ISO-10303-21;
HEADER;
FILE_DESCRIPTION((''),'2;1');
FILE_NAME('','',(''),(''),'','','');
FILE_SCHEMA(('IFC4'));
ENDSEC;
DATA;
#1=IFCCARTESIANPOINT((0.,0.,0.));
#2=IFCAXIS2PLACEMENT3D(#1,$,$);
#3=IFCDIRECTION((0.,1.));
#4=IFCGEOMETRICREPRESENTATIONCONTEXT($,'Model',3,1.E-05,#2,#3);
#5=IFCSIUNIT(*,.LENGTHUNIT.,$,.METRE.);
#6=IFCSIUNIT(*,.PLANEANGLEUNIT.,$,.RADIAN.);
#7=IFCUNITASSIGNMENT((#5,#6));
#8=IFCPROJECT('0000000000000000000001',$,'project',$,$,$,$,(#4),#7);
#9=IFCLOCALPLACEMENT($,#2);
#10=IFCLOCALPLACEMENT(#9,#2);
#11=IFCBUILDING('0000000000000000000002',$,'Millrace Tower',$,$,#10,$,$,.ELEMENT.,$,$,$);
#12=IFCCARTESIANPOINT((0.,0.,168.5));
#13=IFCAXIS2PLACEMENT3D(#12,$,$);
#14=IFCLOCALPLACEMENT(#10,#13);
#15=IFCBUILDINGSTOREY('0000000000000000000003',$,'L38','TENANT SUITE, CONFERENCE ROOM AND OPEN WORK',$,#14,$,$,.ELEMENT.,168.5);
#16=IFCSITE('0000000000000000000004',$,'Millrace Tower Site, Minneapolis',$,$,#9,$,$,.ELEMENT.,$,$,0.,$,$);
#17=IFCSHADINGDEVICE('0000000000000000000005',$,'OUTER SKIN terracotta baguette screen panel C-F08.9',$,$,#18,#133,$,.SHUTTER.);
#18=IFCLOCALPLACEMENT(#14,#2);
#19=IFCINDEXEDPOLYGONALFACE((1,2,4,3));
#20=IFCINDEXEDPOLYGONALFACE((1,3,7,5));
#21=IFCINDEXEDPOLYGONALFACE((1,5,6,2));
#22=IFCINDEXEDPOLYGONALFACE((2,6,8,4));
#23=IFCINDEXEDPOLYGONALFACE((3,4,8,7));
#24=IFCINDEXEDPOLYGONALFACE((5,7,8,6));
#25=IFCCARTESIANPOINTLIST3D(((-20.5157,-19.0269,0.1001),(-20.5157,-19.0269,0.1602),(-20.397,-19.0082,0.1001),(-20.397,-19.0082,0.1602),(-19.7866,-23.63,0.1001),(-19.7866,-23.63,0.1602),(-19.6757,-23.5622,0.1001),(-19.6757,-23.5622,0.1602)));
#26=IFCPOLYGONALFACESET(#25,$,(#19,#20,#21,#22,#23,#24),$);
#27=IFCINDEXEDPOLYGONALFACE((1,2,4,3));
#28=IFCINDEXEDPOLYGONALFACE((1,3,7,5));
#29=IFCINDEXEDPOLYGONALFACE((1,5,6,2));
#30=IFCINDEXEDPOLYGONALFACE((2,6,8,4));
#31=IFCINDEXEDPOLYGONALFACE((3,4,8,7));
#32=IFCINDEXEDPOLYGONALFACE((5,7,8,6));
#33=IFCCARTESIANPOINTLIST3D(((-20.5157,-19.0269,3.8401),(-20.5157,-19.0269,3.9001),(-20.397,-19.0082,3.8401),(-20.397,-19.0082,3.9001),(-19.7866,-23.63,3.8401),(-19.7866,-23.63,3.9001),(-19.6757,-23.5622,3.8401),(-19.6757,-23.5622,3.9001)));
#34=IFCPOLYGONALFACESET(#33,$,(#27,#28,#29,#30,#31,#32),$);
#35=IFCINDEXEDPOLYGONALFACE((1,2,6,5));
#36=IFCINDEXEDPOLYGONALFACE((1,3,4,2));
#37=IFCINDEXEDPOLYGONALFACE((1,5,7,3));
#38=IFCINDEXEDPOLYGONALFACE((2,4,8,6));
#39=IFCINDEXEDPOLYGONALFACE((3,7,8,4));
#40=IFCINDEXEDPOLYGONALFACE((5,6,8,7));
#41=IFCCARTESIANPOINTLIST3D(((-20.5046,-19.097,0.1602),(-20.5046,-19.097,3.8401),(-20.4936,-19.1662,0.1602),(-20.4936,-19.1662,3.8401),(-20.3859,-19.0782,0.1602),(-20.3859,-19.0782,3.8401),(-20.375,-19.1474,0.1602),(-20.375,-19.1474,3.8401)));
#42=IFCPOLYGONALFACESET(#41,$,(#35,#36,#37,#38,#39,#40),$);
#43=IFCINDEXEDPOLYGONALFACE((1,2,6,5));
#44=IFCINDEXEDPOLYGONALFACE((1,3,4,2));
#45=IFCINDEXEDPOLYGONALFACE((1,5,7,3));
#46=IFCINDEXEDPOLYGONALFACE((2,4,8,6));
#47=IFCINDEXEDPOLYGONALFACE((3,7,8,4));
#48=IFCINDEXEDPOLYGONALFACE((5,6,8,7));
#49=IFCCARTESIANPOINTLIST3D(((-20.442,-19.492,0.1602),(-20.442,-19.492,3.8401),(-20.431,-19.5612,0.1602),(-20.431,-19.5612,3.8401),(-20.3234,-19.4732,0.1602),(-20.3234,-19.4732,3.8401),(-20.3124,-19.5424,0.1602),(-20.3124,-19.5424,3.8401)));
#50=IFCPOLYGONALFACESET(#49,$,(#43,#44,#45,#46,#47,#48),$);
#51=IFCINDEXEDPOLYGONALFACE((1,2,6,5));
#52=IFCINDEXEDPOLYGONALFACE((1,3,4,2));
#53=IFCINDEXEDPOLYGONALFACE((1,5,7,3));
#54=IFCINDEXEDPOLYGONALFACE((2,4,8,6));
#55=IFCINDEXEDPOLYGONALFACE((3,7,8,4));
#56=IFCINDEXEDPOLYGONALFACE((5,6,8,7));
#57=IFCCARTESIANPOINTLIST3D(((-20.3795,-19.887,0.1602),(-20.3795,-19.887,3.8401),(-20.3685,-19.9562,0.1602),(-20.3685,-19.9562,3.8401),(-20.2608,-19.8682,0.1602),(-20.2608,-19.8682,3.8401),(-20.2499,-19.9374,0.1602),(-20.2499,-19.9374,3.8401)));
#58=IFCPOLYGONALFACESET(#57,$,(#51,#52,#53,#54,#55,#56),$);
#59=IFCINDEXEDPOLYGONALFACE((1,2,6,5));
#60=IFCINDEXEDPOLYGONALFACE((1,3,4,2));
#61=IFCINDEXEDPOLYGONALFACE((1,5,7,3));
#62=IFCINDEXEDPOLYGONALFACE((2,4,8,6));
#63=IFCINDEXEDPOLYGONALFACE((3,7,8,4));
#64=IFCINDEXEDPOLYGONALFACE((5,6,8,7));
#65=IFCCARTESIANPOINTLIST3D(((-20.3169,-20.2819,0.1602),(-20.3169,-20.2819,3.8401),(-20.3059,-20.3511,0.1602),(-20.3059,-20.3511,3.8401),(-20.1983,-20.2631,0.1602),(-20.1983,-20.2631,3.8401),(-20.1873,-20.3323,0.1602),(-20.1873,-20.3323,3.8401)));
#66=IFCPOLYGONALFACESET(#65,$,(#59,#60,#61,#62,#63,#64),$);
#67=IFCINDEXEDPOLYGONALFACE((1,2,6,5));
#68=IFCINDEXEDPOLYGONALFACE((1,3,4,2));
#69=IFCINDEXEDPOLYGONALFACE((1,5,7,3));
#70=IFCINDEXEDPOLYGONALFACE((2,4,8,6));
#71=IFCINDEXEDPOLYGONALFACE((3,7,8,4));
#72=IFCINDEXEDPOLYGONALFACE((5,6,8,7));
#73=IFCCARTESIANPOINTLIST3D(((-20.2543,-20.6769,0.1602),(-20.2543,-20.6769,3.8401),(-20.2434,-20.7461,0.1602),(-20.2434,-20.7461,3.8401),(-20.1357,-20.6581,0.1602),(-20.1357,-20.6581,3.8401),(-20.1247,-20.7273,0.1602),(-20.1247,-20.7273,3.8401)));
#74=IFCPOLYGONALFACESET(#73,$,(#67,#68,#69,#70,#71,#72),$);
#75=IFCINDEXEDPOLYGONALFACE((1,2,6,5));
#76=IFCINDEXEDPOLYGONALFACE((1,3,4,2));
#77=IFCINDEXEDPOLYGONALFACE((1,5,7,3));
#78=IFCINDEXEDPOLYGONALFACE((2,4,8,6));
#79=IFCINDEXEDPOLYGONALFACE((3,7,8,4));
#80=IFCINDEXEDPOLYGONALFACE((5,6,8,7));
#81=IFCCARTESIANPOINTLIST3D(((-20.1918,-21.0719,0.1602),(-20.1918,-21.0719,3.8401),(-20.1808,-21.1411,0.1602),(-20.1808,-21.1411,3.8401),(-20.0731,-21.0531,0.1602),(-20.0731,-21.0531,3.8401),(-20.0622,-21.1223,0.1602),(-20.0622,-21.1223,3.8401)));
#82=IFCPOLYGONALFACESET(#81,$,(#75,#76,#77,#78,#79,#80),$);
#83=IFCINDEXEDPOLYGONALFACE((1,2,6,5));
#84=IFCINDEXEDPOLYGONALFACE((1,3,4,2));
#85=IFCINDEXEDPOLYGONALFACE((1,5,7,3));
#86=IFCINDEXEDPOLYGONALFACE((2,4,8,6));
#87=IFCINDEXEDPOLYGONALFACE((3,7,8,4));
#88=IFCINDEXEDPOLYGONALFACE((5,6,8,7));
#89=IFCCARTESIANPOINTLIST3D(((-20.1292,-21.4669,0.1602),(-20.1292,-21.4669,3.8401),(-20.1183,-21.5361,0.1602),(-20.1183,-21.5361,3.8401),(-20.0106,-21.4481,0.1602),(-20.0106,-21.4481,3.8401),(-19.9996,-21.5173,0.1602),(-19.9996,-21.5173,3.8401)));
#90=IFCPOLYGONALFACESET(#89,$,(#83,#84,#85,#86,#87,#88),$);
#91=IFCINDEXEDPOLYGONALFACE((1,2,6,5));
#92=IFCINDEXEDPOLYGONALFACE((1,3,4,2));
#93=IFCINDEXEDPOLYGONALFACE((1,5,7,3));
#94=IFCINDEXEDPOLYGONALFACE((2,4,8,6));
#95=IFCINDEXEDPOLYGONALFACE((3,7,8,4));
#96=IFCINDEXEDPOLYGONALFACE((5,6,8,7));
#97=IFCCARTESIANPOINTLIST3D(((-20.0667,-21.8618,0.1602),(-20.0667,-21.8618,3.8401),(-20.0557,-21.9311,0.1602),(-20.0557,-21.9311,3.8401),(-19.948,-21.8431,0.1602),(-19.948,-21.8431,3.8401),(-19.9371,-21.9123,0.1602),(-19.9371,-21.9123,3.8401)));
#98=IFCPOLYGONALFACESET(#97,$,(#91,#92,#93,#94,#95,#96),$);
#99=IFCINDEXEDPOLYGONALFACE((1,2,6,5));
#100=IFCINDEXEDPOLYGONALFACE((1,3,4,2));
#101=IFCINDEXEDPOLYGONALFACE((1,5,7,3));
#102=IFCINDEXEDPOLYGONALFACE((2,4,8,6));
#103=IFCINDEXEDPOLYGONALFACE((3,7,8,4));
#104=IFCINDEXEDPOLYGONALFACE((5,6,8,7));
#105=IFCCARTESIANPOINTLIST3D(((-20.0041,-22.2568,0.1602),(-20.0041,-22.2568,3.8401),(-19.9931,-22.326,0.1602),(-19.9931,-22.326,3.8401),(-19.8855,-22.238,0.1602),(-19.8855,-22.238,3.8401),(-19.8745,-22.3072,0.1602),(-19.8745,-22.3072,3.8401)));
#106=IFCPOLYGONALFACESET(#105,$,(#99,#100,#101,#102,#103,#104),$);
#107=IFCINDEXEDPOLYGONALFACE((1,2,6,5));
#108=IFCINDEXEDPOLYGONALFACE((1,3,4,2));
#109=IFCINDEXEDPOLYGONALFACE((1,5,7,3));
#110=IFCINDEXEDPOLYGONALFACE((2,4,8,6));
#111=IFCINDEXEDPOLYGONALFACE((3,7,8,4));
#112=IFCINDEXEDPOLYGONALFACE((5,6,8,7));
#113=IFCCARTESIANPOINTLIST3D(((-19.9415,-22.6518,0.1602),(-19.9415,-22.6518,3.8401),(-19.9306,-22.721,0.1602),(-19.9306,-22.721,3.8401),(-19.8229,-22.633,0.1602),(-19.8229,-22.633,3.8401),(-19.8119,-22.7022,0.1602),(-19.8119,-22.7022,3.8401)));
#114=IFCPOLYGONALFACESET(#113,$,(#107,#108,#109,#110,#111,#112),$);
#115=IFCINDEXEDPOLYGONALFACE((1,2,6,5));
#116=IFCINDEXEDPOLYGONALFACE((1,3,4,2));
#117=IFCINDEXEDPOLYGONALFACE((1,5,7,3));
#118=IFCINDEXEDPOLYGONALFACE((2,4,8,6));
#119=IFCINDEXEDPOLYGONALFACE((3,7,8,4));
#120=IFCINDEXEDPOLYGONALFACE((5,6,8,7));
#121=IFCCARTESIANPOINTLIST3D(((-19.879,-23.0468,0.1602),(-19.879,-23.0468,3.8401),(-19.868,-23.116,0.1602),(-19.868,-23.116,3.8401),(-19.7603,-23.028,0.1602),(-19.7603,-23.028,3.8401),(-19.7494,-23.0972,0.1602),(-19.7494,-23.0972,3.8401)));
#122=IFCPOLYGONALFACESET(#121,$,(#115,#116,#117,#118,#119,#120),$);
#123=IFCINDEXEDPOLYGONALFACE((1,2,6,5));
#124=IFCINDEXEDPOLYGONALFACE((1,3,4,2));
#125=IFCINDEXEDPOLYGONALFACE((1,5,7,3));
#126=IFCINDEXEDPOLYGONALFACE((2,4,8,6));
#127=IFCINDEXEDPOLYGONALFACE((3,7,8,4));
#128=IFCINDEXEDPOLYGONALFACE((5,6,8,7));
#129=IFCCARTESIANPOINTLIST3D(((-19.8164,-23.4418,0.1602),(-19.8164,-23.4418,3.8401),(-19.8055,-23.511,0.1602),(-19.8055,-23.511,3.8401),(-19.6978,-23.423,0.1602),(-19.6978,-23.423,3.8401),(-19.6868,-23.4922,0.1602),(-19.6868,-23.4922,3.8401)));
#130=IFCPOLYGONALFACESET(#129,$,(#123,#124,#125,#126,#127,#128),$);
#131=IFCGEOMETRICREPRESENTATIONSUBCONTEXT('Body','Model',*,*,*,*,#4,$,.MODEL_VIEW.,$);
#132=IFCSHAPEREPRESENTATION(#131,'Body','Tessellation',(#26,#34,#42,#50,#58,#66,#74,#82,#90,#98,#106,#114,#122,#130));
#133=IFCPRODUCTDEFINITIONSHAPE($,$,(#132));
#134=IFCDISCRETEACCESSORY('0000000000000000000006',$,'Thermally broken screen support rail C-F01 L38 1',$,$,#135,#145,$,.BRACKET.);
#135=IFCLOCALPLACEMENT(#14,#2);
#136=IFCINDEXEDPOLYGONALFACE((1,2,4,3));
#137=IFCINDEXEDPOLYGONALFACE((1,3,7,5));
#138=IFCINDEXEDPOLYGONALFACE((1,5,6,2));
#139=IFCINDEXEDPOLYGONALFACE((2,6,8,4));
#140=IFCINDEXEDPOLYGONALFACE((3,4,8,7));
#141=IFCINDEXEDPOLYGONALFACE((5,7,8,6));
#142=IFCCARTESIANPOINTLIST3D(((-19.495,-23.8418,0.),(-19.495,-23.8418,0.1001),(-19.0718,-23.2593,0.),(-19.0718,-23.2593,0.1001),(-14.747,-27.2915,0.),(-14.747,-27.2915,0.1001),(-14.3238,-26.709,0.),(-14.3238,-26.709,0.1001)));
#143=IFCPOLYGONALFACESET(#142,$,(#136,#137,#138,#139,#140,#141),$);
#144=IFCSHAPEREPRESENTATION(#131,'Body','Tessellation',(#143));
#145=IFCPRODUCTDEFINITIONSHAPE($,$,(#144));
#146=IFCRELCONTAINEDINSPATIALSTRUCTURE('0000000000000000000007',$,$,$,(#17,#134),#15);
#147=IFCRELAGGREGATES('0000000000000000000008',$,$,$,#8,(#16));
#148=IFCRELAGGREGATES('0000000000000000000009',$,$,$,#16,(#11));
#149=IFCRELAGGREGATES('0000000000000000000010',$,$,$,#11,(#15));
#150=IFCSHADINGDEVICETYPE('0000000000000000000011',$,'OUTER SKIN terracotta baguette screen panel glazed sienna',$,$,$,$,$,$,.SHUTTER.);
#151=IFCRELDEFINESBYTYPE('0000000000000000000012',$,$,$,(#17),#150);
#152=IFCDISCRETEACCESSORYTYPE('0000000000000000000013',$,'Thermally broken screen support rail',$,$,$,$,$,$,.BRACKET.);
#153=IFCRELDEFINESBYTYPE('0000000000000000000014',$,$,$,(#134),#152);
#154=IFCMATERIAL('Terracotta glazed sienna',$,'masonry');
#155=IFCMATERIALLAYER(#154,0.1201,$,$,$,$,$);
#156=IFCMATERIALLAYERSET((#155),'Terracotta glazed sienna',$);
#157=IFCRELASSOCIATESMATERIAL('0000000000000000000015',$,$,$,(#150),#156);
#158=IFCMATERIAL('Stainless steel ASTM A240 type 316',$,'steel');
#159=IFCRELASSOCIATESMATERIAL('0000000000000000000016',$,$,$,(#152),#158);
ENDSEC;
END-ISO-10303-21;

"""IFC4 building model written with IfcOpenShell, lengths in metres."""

from ifc_helpers import new_model, entity, si_unit, direction, frame, frame_2d, origin, origin_2d, place, context, subcontext, project, spatial, rectangle, extrude, source, transform, mapped, material, layer, layer_set, type_object, element, save


model = new_model("IFC4")

# Units and contexts
model_context = context("Model", 3, precision=1e-05, world=origin(), true_north=direction((0.0, 1.0)))
body_context = subcontext(model_context, "Body", "Model", "MODEL_VIEW")
ifc_project = project(units=[si_unit("LENGTHUNIT", "METRE"), si_unit("PLANEANGLEUNIT", "RADIAN")], contexts=[model_context])

# Site, building, storey
site_placement = place(None, origin())
site = spatial("IfcSite", under=ifc_project, at=site_placement, Name="Millrace Tower Site, Minneapolis", CompositionType="ELEMENT", RefElevation=0.0)
building_placement = place(site_placement, origin())
building = spatial("IfcBuilding", under=site, at=building_placement, Name="Millrace Tower", CompositionType="ELEMENT")
storey_placement = place(building_placement, frame((0.0, 0.0, 168.5)))
storey = spatial("IfcBuildingStorey", under=building, at=storey_placement, Name="L38", Description="TENANT SUITE, CONFERENCE ROOM AND OPEN WORK", CompositionType="ELEMENT", Elevation=168.5)

# Shading device
ifc_material_1 = material(Name="Terracotta glazed sienna", Category="masonry")
ifc_layer_1 = layer(ifc_material_1, 0.1201)
ifc_layer_set_1 = layer_set([ifc_layer_1], Name="Terracotta glazed sienna")
shading_device_type = type_object("IfcShadingDeviceType", Name="OUTER SKIN terracotta baguette screen panel glazed sienna", PredefinedType="SHUTTER", material=ifc_layer_set_1)
cartesian_point_1 = entity("IfcCartesianPoint", [-2.3179, 0.0601])
shared_polyline_1 = entity("IfcPolyline", [cartesian_point_1, entity("IfcCartesianPoint", [2.293, 0.0601]), entity("IfcCartesianPoint", [2.3425, -0.0601]), entity("IfcCartesianPoint", [-2.3179, -0.0601]), cartesian_point_1])
shared_shape_1 = source(origin(), body_context, "Body", "SweptSolid", [
    entity("IfcExtrudedAreaSolid", entity("IfcArbitraryClosedProfileDef", "AREA", None, shared_polyline_1), entity("IfcAxis2Placement3D", entity("IfcCartesianPoint", [0.0, 0.0, 0.0])), entity("IfcDirection", [0.0, 0.0, 1.0]), 0.0601),
    entity("IfcExtrudedAreaSolid", entity("IfcArbitraryClosedProfileDef", "AREA", None, shared_polyline_1), entity("IfcAxis2Placement3D", entity("IfcCartesianPoint", [0.0, 0.0, 3.74])), entity("IfcDirection", [0.0, 0.0, 1.0]), 0.0601),
    extrude(rectangle(XDim=0.0701, YDim=0.1201, at=frame_2d((-2.2119, 0.0))), frame((0.0, 0.0, 0.0601)), (0.0, 0.0, 1.0), 3.6799),
    extrude(rectangle(XDim=0.0701, YDim=0.1201, at=frame_2d((-1.812, 0.0))), frame((0.0, 0.0, 0.0601)), (0.0, 0.0, 1.0), 3.6799),
    extrude(rectangle(XDim=0.0701, YDim=0.1201, at=frame_2d((-1.4121, 0.0))), frame((0.0, 0.0, 0.0601)), (0.0, 0.0, 1.0), 3.6799),
    extrude(rectangle(XDim=0.0701, YDim=0.1201, at=frame_2d((-1.0122, 0.0))), frame((0.0, 0.0, 0.0601)), (0.0, 0.0, 1.0), 3.6799),
    extrude(rectangle(XDim=0.0701, YDim=0.1201, at=frame_2d((-0.6123, 0.0))), frame((0.0, 0.0, 0.0601)), (0.0, 0.0, 1.0), 3.6799),
    extrude(rectangle(XDim=0.0701, YDim=0.1201, at=frame_2d((-0.2124, 0.0))), frame((0.0, 0.0, 0.0601)), (0.0, 0.0, 1.0), 3.6799),
    extrude(rectangle(XDim=0.0701, YDim=0.1201, at=frame_2d((0.1875, 0.0))), frame((0.0, 0.0, 0.0601)), (0.0, 0.0, 1.0), 3.6799),
    extrude(rectangle(XDim=0.0701, YDim=0.1201, at=frame_2d((0.5874, 0.0))), frame((0.0, 0.0, 0.0601)), (0.0, 0.0, 1.0), 3.6799),
    extrude(rectangle(XDim=0.0701, YDim=0.1201, at=frame_2d((0.9873, 0.0))), frame((0.0, 0.0, 0.0601)), (0.0, 0.0, 1.0), 3.6799),
    extrude(rectangle(XDim=0.0701, YDim=0.1201, at=frame_2d((1.3872, 0.0))), frame((0.0, 0.0, 0.0601)), (0.0, 0.0, 1.0), 3.6799),
    extrude(rectangle(XDim=0.0701, YDim=0.1201, at=frame_2d((1.7871, 0.0))), frame((0.0, 0.0, 0.0601)), (0.0, 0.0, 1.0), 3.6799),
    extrude(rectangle(XDim=0.0701, YDim=0.1201, at=frame_2d((2.187, 0.0))), frame((0.0, 0.0, 0.0601)), (0.0, 0.0, 1.0), 3.6799),
])
shading_device_1_placement = place(storey_placement, frame((-20.0938, -21.3069, 0.1001), z_axis=(0.0, 0.0, 1.0), x_axis=(0.156434, -0.987688, 0.0)))
element("IfcShadingDevice", 1, at=shading_device_1_placement, inside=storey, type_object=shading_device_type, Name="OUTER SKIN terracotta baguette screen panel C-F08.9", PredefinedType="SHUTTER", context=body_context, shape_type="MappedRepresentation", body=[
    mapped(shared_shape_1, transform((0.0, 0.0, 0.0), scale=1.0)),
])

# Discrete accessory
ifc_material_2 = material(Name="Stainless steel ASTM A240 type 316", Category="steel")
discrete_accessory_type = type_object("IfcDiscreteAccessoryType", Name="Thermally broken screen support rail", PredefinedType="BRACKET", material=ifc_material_2)
discrete_accessory_placement = place(storey_placement, frame((-16.9094, -25.2754, 0.0), z_axis=(0.0, 0.0, 1.0), x_axis=(0.809017, -0.587785, 0.0)))
element("IfcDiscreteAccessory", 2, at=discrete_accessory_placement, inside=storey, type_object=discrete_accessory_type, Name="Thermally broken screen support rail C-F01 L38 1", PredefinedType="BRACKET", context=body_context, shape_type="SweptSolid", body=[
    extrude(rectangle(XDim=5.8689, YDim=0.72, at=origin_2d()), origin(), (0.0, 0.0, 1.0), 0.1001),
])

save(model, "model.ifc")
